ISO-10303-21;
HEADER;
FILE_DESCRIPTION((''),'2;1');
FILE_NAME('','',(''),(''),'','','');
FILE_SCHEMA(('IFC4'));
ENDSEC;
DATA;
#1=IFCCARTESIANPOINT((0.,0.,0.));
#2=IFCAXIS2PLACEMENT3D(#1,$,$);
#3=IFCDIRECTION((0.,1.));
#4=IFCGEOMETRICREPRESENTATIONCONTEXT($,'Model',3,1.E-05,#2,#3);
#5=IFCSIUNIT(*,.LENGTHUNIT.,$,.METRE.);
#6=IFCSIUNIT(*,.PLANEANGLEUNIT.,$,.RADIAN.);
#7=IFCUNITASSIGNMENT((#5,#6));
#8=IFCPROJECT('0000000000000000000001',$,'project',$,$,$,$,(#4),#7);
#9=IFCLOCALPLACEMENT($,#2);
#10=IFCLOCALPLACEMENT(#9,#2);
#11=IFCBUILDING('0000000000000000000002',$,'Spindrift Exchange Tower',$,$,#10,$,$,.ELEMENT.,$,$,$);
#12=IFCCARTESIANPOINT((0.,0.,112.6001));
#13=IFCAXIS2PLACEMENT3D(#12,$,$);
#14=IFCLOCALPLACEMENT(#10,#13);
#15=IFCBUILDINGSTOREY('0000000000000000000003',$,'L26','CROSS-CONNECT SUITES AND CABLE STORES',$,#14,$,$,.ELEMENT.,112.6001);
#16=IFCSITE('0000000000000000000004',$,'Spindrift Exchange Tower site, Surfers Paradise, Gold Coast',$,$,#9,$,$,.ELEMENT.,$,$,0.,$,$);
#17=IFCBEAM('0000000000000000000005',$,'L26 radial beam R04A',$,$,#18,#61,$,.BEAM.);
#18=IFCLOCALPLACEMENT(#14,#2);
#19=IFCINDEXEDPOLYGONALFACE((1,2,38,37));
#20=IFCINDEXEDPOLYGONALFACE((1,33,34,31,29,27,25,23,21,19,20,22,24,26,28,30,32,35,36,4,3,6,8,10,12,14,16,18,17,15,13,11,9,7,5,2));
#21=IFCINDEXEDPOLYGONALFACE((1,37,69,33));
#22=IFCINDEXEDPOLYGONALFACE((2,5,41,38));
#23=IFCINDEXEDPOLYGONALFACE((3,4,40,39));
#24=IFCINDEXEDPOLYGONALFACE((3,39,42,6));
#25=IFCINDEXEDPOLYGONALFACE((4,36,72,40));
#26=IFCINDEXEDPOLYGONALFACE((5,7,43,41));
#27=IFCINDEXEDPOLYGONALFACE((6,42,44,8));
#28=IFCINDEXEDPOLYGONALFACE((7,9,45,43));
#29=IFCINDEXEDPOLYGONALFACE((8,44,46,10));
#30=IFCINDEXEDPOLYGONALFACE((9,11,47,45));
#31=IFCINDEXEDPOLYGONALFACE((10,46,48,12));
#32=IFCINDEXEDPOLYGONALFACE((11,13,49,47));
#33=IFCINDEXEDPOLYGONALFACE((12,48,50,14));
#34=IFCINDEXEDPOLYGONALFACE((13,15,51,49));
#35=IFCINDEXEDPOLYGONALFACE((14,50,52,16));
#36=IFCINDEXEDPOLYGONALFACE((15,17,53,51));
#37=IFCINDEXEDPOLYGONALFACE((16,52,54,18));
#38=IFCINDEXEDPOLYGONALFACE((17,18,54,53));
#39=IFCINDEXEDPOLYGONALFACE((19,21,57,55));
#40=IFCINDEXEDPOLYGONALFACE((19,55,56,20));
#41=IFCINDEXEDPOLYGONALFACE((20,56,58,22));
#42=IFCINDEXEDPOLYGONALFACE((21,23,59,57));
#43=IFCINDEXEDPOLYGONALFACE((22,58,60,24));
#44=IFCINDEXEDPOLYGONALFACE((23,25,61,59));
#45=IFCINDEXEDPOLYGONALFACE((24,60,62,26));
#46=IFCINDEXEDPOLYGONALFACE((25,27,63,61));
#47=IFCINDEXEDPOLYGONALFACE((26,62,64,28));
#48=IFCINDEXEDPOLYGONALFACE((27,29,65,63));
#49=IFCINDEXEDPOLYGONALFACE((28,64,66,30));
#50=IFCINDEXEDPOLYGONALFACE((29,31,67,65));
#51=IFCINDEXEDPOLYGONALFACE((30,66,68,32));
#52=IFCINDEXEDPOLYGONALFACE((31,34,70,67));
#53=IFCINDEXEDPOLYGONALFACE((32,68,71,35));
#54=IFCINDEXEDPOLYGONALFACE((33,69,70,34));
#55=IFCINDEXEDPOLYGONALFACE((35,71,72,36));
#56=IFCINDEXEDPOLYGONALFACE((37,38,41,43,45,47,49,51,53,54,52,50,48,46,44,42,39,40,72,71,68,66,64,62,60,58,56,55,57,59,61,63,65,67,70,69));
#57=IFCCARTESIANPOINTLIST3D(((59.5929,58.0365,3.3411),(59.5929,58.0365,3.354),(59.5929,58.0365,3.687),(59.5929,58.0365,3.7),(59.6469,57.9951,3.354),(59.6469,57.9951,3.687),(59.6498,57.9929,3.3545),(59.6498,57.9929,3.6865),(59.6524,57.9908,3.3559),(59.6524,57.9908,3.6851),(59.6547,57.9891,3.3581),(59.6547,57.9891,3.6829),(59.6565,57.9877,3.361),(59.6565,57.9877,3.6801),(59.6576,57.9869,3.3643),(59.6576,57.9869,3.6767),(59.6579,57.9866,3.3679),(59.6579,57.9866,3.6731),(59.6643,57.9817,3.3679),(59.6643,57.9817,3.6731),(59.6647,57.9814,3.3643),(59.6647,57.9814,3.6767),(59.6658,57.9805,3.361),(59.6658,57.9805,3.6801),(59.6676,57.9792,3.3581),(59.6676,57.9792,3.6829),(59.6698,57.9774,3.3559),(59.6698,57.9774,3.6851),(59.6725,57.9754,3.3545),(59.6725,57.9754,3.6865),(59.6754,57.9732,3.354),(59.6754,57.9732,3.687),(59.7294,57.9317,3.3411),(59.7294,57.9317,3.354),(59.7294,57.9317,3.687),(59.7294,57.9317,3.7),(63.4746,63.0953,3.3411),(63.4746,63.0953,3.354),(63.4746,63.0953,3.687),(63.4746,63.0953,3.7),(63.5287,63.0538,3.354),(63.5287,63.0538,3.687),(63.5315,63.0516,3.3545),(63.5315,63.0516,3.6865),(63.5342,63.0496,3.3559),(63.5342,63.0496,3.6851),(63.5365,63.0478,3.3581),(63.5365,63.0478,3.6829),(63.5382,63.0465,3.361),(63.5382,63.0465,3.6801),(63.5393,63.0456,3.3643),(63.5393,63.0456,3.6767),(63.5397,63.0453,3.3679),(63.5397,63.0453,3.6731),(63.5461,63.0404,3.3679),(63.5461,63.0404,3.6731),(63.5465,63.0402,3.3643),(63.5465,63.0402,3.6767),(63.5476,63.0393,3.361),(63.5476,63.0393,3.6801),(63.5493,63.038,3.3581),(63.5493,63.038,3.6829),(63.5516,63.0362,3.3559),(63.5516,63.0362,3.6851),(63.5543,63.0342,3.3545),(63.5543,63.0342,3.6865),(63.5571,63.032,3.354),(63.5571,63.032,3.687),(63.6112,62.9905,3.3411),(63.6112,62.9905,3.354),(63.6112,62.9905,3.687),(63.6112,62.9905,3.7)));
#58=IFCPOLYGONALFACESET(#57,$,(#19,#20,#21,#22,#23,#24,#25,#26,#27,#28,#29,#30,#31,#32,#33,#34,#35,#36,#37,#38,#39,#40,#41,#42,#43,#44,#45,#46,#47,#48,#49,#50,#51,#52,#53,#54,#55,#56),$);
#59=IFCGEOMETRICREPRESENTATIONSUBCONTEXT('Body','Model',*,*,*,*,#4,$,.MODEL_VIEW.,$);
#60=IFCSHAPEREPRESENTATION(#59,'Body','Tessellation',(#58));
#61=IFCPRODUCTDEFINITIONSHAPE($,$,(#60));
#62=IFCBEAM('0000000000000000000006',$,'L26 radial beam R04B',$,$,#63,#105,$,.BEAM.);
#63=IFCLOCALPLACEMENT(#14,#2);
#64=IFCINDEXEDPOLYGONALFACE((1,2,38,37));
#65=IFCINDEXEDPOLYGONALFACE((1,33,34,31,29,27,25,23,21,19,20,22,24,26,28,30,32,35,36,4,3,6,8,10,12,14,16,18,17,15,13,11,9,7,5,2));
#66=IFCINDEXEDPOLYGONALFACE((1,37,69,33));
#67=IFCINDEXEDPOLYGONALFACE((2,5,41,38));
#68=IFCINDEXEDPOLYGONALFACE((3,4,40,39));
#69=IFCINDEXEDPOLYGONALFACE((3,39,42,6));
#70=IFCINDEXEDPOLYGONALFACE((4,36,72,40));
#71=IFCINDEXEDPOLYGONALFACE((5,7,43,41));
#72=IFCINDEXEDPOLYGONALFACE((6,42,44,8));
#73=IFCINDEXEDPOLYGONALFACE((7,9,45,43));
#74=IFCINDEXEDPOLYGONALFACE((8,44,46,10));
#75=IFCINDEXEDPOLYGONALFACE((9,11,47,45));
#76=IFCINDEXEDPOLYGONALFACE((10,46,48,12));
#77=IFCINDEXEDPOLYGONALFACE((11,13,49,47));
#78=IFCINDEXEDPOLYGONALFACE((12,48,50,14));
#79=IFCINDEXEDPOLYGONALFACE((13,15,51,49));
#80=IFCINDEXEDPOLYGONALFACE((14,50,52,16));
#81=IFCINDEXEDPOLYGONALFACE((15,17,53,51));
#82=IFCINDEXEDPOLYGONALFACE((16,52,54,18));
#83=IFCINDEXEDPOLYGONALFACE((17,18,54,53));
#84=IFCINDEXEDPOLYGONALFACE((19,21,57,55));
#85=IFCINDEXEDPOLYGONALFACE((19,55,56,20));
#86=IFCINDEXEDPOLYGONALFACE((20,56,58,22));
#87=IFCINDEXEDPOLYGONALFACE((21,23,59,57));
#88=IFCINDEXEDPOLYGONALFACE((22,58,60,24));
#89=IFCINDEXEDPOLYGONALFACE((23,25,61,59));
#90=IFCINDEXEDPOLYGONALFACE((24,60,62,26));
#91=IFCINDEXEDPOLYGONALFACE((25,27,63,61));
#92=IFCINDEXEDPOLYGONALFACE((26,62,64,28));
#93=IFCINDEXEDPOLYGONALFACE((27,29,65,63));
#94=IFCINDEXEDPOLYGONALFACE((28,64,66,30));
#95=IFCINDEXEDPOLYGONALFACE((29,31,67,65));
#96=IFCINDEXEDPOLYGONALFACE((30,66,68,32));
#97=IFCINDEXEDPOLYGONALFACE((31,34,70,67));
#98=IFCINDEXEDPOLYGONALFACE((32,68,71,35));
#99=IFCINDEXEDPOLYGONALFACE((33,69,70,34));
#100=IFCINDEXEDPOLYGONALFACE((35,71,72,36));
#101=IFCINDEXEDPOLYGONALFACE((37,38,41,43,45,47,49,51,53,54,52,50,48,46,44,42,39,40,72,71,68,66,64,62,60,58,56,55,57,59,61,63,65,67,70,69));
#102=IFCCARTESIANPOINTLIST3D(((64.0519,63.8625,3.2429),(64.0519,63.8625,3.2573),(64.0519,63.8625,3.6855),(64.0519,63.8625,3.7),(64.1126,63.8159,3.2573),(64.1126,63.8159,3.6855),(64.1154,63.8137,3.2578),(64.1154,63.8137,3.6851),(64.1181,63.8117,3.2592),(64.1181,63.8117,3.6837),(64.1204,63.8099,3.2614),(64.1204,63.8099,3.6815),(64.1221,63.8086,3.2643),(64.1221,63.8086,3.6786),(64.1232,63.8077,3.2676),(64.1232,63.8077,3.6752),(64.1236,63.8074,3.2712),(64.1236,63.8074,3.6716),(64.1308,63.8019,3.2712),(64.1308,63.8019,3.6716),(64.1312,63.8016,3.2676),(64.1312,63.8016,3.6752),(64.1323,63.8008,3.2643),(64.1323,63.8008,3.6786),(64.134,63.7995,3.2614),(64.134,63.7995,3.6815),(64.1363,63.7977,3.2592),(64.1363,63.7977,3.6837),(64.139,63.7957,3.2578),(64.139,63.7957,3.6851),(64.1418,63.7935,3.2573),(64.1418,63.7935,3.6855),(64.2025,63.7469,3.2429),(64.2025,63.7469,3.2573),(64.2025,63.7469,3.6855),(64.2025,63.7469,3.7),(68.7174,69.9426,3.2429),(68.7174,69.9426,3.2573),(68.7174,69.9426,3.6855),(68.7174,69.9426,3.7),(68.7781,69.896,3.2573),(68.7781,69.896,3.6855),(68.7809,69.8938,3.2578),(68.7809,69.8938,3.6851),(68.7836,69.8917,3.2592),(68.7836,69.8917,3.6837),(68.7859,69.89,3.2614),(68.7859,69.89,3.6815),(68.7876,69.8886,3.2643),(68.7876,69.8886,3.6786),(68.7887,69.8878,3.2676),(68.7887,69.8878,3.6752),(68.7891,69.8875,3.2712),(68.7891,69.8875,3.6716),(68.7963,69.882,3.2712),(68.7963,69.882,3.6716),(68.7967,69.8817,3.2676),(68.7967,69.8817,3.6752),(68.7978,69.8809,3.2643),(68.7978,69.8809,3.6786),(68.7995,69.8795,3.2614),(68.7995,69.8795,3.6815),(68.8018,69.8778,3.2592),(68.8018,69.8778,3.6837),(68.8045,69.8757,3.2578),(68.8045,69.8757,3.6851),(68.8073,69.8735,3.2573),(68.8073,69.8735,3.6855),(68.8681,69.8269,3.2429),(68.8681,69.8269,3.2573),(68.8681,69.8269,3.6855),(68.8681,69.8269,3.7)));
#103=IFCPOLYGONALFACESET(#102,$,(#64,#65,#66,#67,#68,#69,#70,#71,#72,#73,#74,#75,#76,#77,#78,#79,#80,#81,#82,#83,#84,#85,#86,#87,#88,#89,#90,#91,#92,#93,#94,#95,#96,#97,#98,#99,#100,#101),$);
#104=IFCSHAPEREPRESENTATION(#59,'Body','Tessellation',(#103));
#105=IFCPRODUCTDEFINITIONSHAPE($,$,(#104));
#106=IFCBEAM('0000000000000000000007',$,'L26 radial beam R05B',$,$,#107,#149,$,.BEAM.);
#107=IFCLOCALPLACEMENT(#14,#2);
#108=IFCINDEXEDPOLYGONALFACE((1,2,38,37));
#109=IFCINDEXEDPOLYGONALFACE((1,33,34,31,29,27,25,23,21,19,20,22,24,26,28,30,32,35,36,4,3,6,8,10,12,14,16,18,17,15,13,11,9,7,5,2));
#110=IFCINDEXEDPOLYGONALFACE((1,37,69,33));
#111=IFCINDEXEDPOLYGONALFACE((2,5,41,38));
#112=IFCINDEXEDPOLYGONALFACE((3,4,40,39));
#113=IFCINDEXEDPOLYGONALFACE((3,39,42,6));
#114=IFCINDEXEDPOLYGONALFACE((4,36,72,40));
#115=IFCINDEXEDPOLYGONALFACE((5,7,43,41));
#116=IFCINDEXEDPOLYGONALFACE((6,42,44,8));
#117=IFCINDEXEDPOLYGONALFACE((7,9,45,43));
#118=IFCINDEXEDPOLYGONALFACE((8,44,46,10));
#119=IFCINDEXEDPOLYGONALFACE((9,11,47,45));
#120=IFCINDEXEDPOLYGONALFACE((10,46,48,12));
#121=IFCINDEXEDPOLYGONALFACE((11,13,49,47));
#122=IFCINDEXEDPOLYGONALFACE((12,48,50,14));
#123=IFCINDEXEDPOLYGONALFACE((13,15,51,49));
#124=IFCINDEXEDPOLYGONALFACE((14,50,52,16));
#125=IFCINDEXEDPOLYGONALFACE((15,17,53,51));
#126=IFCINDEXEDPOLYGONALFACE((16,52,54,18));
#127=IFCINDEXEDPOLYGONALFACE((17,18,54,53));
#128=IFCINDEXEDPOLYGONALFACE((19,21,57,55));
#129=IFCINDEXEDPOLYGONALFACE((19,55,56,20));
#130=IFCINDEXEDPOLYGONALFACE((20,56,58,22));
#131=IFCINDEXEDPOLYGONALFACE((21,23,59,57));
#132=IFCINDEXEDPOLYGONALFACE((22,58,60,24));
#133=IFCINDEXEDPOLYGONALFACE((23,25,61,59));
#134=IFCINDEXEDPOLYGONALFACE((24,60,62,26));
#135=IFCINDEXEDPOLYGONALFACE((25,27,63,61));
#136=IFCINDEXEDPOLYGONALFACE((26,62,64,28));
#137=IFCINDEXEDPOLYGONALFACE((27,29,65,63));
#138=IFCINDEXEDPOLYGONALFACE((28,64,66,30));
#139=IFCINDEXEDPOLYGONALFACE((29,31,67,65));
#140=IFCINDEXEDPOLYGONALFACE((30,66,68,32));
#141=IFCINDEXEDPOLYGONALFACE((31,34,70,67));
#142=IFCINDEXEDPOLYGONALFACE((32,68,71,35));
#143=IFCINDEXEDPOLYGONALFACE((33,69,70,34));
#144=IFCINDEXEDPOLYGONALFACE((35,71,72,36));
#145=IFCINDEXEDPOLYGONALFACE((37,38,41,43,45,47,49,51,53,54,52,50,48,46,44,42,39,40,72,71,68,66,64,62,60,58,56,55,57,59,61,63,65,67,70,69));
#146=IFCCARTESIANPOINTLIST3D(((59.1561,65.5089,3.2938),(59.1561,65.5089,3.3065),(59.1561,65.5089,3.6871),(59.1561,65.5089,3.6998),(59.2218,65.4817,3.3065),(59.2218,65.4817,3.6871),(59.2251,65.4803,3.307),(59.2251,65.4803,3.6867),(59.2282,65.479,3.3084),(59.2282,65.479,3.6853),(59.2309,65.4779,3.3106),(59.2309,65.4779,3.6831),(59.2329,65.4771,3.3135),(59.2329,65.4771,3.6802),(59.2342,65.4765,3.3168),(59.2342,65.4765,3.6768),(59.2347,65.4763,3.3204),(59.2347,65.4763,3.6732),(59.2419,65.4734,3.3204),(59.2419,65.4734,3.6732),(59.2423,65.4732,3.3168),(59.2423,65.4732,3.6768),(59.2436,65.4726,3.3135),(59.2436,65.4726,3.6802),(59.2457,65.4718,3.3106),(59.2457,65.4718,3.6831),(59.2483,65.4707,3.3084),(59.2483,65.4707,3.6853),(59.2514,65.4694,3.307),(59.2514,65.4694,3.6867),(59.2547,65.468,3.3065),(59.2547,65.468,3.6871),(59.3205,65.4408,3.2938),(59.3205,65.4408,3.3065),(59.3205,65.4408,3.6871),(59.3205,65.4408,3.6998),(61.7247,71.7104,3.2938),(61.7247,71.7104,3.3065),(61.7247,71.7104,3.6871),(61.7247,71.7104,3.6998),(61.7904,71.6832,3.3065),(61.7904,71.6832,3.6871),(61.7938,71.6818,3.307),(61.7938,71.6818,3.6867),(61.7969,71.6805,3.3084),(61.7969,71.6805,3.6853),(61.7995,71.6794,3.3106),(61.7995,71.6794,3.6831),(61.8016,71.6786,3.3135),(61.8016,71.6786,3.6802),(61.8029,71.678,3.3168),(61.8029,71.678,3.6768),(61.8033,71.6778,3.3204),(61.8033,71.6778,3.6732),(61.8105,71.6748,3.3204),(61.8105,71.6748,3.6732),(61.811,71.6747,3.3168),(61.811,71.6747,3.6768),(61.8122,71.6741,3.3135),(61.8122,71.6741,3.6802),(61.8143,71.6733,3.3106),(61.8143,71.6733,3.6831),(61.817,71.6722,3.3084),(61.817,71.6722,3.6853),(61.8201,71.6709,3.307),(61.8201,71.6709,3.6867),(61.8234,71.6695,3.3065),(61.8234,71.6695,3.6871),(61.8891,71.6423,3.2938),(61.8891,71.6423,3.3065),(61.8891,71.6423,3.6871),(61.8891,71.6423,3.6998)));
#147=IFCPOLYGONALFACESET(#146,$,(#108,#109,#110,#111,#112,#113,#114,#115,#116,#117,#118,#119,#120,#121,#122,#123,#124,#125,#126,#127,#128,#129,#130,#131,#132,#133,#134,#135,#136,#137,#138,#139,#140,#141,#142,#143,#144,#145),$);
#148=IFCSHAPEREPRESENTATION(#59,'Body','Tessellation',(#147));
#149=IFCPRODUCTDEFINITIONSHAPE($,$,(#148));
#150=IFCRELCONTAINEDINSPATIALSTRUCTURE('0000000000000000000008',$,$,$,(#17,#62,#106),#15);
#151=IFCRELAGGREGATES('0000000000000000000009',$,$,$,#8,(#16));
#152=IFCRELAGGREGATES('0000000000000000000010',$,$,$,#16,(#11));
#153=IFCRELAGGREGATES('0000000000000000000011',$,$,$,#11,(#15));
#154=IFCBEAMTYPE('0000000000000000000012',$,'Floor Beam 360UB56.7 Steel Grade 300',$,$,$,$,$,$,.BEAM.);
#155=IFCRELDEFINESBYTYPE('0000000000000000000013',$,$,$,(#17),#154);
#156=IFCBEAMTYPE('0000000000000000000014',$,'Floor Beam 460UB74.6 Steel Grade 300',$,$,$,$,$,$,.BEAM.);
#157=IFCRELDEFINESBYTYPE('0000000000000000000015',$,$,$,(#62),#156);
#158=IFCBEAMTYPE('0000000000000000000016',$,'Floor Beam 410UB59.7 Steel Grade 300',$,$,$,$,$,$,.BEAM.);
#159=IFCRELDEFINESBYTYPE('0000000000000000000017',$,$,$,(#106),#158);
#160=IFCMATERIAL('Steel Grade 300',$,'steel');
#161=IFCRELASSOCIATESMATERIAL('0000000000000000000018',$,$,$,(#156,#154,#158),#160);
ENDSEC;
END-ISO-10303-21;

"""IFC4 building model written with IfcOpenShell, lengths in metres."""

from ifc_helpers import new_model, si_unit, direction, frame, origin, origin_2d, place, context, subcontext, project, spatial, i_section, extrude, source, transform, mapped, material, material_profile, profile_set, type_object, element, save


model = new_model("IFC4")

# Units and contexts
model_context = context("Model", 3, precision=1e-05, world=origin(), true_north=direction((0.0, 1.0)))
body_context = subcontext(model_context, "Body", "Model", "MODEL_VIEW")
ifc_project = project(units=[si_unit("LENGTHUNIT", "METRE"), si_unit("PLANEANGLEUNIT", "RADIAN")], contexts=[model_context])

# Site, building, storey
site_placement = place(None, origin())
site = spatial("IfcSite", under=ifc_project, at=site_placement, Name="Spindrift Exchange Tower site, Surfers Paradise, Gold Coast", CompositionType="ELEMENT", RefElevation=0.0)
building_placement = place(site_placement, origin())
building = spatial("IfcBuilding", under=site, at=building_placement, Name="Spindrift Exchange Tower", CompositionType="ELEMENT")
storey_placement = place(building_placement, frame((0.0, 0.0, 112.6001)))
storey = spatial("IfcBuildingStorey", under=building, at=storey_placement, Name="L26", Description="CROSS-CONNECT SUITES AND CABLE STORES", CompositionType="ELEMENT", Elevation=112.6001)

# Beams
ifc_material_1 = material(Name="Steel Grade 300", Category="steel")
ifc_material_profile_1 = material_profile(ifc_material_1, i_section(OverallWidth=0.1899, OverallDepth=0.457, WebThickness=0.009, FlangeThickness=0.0144, FilletRadius=0.0139, at=origin_2d()), Name="460UB74.6")
ifc_profile_set_1 = profile_set([ifc_material_profile_1], Name="Steel Grade 300")
beam_type_1 = type_object("IfcBeamType", Name="Floor Beam 460UB74.6 Steel Grade 300", PredefinedType="BEAM", material=ifc_profile_set_1)
ifc_material_profile_2 = material_profile(ifc_material_1, i_section(OverallWidth=0.1721, OverallDepth=0.3589, WebThickness=0.0081, FlangeThickness=0.0129, FilletRadius=0.0139, at=origin_2d()), Name="360UB56.7")
ifc_profile_set_2 = profile_set([ifc_material_profile_2], Name="Steel Grade 300")
beam_type_2 = type_object("IfcBeamType", Name="Floor Beam 360UB56.7 Steel Grade 300", PredefinedType="BEAM", material=ifc_profile_set_2)
shared_shape_1 = source(origin(), body_context, "Body", "SweptSolid", [
    extrude(i_section(OverallWidth=0.1721, OverallDepth=0.3589, WebThickness=0.0081, FlangeThickness=0.0129, FilletRadius=0.0139, at=origin_2d()), origin(), (0.0, 0.0, 1.0), 6.3765),
])
beam_1_placement = place(storey_placement, frame((59.6611, 57.9841, 3.5205), z_axis=(0.608767, 0.793349, 0.0), x_axis=(-0.793349, 0.608767, 0.0)))
element("IfcBeam", 1, at=beam_1_placement, inside=storey, type_object=beam_type_2, Name="L26 radial beam R04A", PredefinedType="BEAM", context=body_context, shape_type="MappedRepresentation", body=[
    mapped(shared_shape_1, transform((0.0, 0.0, 0.0), scale=1.0)),
])
shared_shape_2 = source(origin(), body_context, "Body", "SweptSolid", [
    extrude(i_section(OverallWidth=0.1899, OverallDepth=0.457, WebThickness=0.009, FlangeThickness=0.0144, FilletRadius=0.0139, at=origin_2d()), origin(), (0.0, 0.0, 1.0), 7.6638),
])
beam_2_placement = place(storey_placement, frame((64.1272, 63.8047, 3.4714), z_axis=(0.608771, 0.793346, 0.0), x_axis=(-0.793346, 0.608771, 0.0)))
element("IfcBeam", 2, at=beam_2_placement, inside=storey, type_object=beam_type_1, Name="L26 radial beam R04B", PredefinedType="BEAM", context=body_context, shape_type="MappedRepresentation", body=[
    mapped(shared_shape_2, transform((0.0, 0.0, 0.0), scale=1.0)),
])
ifc_material_profile_3 = material_profile(ifc_material_1, i_section(OverallWidth=0.178, OverallDepth=0.406, WebThickness=0.0078, FlangeThickness=0.0127, FilletRadius=0.0139, at=origin_2d()), Name="410UB59.7")
ifc_profile_set_3 = profile_set([ifc_material_profile_3], Name="Steel Grade 300")
beam_type_3 = type_object("IfcBeamType", Name="Floor Beam 410UB59.7 Steel Grade 300", PredefinedType="BEAM", material=ifc_profile_set_3)
shared_shape_3 = source(origin(), body_context, "Body", "SweptSolid", [
    extrude(i_section(OverallWidth=0.178, OverallDepth=0.406, WebThickness=0.0078, FlangeThickness=0.0127, FilletRadius=0.0139, at=origin_2d()), origin(), (0.0, 0.0, 1.0), 6.7124),
])
beam_3_placement = place(storey_placement, frame((59.2383, 65.4749, 3.4968), z_axis=(0.38267, 0.923885, 0.0), x_axis=(-0.923885, 0.38267, 0.0)))
element("IfcBeam", 3, at=beam_3_placement, inside=storey, type_object=beam_type_3, Name="L26 radial beam R05B", PredefinedType="BEAM", context=body_context, shape_type="MappedRepresentation", body=[
    mapped(shared_shape_3, transform((0.0, 0.0, 0.0), scale=1.0)),
])

save(model, "model.ifc")
